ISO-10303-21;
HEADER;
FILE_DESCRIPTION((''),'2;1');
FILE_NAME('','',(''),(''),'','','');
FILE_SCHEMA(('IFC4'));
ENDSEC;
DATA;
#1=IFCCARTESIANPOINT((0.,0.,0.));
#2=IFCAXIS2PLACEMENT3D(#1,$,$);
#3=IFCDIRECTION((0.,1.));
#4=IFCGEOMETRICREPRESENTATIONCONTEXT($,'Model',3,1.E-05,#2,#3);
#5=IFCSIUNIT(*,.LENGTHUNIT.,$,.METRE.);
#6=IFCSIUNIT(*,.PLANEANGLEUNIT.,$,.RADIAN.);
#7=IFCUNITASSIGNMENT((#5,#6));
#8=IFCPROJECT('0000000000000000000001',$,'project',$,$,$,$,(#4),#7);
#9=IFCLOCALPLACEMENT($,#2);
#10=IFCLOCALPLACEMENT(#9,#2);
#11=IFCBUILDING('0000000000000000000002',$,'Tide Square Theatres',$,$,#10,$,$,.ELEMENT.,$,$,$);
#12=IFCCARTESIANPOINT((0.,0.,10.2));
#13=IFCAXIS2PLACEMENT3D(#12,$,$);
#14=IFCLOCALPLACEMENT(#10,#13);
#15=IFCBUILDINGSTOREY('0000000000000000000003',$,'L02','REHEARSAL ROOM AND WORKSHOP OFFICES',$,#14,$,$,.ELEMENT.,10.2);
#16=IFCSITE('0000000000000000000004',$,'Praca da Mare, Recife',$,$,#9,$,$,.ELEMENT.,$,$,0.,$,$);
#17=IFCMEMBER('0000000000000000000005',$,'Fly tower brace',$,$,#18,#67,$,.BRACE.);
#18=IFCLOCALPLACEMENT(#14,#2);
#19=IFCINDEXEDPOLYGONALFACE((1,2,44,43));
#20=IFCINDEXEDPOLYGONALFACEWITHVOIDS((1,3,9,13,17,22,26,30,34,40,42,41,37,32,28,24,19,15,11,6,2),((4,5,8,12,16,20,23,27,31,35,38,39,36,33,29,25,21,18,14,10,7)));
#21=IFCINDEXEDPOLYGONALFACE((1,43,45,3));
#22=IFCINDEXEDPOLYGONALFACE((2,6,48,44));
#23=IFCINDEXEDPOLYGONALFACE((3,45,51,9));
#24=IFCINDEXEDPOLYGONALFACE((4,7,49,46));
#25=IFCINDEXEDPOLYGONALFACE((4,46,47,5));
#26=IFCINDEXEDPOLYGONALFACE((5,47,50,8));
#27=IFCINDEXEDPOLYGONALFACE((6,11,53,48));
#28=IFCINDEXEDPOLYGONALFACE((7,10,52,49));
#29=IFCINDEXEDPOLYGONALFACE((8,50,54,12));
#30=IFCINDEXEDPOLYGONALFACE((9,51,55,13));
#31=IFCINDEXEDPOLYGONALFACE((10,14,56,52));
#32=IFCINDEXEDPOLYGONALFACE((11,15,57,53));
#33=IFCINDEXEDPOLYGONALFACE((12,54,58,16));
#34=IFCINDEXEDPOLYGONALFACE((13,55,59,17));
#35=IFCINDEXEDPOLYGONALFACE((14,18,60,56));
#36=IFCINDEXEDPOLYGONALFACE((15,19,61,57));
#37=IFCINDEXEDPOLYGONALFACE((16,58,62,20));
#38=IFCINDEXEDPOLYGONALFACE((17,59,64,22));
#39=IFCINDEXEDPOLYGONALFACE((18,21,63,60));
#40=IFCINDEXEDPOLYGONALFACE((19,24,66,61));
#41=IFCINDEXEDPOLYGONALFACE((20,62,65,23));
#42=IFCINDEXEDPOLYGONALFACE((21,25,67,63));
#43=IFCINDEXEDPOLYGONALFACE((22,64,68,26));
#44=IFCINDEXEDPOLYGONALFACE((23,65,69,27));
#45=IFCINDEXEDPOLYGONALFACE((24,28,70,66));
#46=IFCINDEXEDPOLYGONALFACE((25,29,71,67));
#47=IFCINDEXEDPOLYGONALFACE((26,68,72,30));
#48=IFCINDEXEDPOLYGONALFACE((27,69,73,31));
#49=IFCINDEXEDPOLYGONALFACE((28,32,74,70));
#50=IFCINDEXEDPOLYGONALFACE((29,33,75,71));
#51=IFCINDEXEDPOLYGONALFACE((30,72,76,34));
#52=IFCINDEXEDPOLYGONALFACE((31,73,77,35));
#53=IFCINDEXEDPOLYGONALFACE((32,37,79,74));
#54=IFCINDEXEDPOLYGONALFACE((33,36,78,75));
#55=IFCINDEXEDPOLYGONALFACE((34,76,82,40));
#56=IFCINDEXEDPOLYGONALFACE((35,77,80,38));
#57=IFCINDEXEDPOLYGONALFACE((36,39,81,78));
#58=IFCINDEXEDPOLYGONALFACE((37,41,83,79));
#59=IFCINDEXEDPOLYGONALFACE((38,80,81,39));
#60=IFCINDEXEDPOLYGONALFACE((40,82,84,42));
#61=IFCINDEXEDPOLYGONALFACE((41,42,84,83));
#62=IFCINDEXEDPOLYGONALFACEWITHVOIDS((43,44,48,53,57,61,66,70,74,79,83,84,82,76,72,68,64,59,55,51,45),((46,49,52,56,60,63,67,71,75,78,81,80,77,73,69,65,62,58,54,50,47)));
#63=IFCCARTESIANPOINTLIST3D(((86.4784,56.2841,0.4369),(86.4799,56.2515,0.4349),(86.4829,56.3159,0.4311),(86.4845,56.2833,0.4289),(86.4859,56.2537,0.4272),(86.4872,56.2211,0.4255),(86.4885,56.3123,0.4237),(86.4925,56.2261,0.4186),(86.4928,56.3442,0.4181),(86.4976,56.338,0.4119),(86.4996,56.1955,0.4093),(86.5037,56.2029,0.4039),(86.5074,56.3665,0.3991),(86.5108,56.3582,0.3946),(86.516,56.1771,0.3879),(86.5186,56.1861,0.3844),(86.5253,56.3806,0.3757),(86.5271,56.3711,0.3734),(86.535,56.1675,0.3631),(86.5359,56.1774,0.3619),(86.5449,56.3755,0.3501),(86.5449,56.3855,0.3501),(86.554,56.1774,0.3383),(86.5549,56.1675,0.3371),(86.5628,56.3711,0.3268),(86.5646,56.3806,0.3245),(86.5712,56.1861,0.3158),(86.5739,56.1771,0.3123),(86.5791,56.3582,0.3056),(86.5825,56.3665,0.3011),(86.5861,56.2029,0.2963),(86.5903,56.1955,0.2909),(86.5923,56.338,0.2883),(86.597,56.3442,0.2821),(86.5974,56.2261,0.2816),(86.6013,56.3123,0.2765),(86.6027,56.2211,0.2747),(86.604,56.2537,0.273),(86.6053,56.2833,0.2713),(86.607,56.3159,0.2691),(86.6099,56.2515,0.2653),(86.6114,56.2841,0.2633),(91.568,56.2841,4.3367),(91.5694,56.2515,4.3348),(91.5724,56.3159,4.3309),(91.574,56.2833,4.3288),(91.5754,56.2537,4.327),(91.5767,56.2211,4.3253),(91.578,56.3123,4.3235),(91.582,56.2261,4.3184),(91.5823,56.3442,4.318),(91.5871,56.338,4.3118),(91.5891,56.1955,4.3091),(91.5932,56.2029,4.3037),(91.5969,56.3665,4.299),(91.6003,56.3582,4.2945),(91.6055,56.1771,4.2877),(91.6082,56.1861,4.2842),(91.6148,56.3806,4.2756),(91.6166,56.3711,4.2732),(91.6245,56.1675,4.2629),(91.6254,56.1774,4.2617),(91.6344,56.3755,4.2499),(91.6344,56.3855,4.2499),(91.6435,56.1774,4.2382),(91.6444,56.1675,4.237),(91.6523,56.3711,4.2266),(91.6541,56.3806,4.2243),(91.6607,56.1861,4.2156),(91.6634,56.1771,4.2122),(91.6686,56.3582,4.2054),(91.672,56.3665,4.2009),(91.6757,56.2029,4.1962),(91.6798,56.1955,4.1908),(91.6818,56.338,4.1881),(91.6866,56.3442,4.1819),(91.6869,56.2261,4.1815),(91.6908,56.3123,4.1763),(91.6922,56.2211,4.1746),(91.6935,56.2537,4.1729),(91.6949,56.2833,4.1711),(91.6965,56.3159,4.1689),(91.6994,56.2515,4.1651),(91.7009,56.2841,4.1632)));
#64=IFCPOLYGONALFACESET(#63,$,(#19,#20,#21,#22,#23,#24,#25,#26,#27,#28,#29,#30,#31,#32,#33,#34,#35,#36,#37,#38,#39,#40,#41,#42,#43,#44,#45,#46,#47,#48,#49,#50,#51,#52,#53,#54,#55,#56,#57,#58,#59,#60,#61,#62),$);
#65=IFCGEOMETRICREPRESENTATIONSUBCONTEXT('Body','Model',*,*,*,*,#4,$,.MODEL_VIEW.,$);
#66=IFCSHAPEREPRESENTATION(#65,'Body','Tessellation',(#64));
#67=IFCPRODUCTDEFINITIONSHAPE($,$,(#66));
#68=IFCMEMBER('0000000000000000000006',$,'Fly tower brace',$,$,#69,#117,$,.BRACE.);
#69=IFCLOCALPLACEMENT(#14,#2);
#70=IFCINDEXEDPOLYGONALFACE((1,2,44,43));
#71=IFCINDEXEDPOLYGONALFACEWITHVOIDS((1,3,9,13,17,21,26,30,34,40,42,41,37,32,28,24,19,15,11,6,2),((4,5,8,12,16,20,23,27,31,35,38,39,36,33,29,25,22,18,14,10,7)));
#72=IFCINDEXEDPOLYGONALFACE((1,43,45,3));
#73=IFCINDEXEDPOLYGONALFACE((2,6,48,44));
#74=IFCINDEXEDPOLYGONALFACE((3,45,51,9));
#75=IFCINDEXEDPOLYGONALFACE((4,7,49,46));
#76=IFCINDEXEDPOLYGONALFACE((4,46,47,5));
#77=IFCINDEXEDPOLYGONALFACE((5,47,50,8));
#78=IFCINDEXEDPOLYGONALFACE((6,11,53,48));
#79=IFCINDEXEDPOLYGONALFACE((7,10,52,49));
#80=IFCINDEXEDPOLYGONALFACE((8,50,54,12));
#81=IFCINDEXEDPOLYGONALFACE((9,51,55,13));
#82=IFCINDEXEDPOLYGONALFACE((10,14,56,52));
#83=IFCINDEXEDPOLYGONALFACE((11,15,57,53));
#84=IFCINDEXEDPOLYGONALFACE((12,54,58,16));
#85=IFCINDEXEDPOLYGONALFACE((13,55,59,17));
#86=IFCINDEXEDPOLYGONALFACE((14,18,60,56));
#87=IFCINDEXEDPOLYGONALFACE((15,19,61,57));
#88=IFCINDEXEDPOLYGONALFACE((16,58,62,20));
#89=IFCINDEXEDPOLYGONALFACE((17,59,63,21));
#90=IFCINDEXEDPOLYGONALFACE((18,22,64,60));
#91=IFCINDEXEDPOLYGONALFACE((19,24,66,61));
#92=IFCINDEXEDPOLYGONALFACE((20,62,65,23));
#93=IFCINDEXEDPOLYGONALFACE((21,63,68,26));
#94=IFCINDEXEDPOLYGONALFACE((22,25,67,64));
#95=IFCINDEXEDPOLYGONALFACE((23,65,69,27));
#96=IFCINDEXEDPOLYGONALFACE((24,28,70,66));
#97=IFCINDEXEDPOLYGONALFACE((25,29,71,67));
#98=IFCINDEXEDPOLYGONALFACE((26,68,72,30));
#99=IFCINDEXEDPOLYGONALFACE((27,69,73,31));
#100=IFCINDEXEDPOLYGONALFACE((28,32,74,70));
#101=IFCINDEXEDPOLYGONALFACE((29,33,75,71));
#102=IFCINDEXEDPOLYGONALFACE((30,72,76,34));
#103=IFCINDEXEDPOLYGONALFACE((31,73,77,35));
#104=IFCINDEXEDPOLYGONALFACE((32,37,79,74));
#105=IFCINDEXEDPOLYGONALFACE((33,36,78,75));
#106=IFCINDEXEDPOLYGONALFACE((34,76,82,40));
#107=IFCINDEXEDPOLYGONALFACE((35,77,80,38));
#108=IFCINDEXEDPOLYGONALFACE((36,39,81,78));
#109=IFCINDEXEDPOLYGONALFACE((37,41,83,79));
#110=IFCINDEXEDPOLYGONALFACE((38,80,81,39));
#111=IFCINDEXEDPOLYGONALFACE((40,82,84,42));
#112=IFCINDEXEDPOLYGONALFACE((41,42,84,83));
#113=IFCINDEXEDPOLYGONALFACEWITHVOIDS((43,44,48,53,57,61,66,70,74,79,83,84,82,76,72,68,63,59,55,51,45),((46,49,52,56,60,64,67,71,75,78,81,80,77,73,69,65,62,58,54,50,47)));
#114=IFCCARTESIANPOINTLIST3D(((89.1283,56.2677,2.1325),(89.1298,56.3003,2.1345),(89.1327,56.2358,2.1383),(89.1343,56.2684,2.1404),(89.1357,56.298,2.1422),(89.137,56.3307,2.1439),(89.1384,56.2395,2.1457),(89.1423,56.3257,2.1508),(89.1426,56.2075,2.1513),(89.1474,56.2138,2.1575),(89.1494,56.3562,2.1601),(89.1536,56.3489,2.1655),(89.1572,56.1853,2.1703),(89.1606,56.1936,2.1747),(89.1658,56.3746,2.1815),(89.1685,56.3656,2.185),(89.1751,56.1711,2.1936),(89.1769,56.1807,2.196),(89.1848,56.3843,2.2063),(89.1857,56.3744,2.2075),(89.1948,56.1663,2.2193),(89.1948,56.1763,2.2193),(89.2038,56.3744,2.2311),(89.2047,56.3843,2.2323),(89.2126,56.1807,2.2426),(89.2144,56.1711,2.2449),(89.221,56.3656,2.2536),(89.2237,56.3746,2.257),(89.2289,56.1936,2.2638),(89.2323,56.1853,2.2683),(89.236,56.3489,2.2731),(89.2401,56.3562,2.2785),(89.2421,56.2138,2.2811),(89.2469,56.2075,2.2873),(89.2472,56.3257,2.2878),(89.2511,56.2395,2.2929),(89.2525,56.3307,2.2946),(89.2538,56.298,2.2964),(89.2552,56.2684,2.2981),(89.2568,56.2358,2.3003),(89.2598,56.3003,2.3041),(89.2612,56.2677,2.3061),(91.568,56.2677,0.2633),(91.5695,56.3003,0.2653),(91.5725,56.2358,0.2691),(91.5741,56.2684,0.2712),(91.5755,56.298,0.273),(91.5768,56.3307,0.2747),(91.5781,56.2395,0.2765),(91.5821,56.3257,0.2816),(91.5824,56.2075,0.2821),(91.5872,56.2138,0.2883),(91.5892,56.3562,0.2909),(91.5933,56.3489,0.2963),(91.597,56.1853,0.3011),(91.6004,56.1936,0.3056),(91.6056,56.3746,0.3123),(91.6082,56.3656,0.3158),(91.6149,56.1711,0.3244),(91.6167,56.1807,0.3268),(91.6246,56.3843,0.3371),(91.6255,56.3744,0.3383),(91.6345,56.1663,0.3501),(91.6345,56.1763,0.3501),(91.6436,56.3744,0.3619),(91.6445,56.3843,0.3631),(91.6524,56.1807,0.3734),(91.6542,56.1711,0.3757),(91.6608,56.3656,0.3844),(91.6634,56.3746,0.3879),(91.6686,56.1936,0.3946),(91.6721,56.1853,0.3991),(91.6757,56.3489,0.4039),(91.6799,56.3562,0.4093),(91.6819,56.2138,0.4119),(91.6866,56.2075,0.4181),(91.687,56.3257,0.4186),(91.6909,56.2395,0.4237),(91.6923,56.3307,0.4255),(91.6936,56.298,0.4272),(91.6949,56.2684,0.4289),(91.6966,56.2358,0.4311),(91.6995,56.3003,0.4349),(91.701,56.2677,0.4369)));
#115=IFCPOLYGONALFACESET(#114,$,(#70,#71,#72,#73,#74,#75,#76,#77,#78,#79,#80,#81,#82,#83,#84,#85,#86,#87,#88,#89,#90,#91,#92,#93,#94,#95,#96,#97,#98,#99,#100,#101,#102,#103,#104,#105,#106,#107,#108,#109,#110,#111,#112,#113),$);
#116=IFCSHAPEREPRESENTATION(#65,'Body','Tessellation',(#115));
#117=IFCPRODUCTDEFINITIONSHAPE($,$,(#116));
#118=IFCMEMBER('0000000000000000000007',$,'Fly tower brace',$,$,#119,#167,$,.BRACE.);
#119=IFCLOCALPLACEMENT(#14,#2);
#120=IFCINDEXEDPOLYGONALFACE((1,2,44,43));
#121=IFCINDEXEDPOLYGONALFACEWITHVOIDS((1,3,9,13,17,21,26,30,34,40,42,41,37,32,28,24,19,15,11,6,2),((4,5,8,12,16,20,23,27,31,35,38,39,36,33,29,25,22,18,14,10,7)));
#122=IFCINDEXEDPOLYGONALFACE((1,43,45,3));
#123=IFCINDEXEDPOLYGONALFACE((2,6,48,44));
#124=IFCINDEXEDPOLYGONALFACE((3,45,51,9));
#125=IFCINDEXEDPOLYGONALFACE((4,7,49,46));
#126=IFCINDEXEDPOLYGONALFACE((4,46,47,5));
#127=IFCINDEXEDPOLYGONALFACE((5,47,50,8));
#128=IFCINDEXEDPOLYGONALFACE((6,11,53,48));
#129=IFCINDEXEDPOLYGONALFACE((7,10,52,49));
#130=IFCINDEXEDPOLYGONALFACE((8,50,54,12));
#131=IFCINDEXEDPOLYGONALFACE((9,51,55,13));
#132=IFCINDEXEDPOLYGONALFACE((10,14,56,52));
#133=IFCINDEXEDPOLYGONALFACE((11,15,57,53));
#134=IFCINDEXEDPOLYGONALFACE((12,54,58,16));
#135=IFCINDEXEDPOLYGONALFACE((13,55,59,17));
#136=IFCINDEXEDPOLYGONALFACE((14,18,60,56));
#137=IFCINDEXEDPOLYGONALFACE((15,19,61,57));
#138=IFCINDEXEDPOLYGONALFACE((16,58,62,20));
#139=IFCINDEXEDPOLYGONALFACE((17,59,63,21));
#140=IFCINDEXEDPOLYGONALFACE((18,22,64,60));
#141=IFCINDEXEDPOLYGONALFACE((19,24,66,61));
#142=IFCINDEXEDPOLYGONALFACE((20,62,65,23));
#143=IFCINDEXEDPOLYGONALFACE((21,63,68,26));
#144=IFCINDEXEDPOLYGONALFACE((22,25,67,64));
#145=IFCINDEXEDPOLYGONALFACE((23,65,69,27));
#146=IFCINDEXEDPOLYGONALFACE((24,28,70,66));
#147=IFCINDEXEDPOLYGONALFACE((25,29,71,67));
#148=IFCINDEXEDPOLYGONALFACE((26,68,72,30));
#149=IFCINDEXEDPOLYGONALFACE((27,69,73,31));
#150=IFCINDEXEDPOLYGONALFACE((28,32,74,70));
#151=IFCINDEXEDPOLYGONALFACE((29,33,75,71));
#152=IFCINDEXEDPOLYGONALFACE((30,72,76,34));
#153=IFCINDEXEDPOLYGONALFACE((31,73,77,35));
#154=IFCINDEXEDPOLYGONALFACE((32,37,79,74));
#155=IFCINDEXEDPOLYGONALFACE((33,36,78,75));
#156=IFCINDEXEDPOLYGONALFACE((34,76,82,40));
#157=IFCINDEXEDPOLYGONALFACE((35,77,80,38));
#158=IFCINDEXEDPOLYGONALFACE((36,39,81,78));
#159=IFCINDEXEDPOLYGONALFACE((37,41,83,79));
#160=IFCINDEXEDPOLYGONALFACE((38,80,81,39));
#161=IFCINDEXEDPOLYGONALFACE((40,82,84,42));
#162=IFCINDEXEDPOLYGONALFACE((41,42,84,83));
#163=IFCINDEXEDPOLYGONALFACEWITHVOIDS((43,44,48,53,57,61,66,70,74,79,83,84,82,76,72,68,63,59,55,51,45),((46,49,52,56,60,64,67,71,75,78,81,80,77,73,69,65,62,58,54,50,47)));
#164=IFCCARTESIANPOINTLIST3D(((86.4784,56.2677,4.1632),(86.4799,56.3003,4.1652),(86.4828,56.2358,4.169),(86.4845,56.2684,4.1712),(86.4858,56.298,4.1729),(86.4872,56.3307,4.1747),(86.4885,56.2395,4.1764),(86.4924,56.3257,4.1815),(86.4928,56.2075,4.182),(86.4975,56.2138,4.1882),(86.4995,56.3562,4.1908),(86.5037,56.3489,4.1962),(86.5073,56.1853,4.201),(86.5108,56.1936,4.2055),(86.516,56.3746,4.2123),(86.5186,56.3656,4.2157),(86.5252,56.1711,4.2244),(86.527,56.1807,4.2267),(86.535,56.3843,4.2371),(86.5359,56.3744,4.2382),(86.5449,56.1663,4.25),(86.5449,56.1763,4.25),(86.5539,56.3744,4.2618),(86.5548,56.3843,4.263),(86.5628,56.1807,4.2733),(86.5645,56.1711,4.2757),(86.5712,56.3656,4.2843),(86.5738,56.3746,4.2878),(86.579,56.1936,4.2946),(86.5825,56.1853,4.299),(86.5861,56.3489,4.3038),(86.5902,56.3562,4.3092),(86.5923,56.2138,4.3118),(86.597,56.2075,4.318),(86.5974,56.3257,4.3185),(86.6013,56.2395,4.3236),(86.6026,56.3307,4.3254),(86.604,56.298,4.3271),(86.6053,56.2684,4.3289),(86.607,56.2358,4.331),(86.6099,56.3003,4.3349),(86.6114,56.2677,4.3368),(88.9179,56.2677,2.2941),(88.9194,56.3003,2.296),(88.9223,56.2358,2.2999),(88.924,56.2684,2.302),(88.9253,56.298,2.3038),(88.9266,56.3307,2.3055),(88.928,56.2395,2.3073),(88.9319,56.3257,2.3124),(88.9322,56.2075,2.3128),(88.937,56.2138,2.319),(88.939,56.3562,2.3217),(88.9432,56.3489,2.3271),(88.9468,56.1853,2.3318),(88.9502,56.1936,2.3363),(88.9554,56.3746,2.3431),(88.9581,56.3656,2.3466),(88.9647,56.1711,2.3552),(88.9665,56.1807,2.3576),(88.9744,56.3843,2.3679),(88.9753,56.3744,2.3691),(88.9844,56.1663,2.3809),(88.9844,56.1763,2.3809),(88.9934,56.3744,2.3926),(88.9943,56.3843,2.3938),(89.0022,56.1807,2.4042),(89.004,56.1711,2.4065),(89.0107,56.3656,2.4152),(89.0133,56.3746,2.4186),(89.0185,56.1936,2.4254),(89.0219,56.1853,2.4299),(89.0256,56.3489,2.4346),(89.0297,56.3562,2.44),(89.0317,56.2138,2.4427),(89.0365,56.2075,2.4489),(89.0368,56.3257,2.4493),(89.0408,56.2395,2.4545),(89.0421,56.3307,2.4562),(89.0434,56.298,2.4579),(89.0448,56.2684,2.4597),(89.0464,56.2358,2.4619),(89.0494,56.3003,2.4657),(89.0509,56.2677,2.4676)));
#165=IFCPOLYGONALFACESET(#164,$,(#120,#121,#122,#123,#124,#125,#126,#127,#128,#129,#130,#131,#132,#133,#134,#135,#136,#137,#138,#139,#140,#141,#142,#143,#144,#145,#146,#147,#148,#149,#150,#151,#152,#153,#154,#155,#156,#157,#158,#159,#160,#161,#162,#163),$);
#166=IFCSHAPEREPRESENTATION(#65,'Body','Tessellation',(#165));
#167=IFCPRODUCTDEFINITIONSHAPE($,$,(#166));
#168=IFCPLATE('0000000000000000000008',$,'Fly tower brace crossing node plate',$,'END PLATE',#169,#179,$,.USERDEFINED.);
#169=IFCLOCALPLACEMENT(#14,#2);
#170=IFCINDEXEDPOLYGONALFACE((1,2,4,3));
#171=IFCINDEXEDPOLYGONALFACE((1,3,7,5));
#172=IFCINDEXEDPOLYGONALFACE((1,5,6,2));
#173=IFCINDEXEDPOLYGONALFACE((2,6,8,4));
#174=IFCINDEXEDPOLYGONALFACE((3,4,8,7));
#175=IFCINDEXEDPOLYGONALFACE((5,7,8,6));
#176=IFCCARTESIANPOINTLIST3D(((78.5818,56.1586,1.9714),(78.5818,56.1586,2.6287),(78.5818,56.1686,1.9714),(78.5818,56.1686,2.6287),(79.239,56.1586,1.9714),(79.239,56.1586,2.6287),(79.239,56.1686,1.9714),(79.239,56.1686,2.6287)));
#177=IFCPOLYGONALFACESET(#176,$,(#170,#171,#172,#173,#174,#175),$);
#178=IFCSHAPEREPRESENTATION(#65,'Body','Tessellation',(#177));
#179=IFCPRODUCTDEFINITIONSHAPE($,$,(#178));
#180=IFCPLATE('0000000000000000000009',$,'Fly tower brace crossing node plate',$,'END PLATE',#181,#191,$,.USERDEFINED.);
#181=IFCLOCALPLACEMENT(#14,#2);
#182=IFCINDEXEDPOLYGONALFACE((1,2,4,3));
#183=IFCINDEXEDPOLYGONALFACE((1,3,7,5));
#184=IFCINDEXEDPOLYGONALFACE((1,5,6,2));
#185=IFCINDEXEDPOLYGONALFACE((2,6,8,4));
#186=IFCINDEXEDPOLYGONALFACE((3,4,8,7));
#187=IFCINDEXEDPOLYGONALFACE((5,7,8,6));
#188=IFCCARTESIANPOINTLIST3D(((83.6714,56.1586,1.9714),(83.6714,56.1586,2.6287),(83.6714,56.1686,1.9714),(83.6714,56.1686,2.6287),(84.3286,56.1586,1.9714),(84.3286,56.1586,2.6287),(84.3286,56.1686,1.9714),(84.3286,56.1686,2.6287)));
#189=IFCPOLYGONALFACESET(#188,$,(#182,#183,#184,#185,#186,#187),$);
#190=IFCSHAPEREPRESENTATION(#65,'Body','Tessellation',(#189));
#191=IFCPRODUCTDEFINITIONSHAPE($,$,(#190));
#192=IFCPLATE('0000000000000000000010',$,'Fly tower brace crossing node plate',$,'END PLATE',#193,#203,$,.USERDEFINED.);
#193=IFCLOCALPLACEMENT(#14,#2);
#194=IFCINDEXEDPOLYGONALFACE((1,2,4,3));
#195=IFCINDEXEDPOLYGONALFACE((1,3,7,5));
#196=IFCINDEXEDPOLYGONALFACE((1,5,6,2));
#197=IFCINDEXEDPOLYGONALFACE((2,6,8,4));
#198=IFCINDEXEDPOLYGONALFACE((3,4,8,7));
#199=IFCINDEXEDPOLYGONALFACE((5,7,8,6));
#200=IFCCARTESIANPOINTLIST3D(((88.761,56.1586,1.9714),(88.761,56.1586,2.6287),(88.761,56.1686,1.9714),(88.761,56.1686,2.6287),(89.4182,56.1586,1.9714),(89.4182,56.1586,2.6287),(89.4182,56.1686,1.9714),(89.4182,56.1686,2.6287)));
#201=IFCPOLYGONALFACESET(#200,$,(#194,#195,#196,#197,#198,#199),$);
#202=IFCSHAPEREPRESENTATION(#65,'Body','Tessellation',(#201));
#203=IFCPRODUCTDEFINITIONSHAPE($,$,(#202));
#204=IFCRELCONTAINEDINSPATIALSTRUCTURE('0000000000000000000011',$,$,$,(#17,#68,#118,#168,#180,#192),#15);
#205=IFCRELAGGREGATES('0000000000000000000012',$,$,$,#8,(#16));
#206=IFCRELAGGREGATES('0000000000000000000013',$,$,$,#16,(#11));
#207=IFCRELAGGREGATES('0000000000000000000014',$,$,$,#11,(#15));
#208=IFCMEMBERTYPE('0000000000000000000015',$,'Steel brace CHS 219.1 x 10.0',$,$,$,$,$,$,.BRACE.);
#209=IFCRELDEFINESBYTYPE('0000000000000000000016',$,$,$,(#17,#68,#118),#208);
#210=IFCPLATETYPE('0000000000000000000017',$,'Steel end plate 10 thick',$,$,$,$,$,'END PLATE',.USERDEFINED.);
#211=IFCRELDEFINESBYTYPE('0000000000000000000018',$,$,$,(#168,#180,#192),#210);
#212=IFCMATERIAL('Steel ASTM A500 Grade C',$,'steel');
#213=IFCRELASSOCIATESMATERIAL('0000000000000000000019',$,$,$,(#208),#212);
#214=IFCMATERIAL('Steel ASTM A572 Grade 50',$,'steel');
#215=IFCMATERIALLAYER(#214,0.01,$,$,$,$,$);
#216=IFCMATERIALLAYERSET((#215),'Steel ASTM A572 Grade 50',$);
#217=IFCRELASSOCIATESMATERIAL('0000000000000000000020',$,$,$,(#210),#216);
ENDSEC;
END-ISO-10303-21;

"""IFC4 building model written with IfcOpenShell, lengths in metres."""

from ifc_helpers import new_model, si_unit, direction, frame, origin, origin_2d, place, context, subcontext, project, spatial, rectangle, hollow_circle, extrude, material, layer, layer_set, material_profile, profile_set, type_object, element, save


model = new_model("IFC4")

# Units and contexts
model_context = context("Model", 3, precision=1e-05, world=origin(), true_north=direction((0.0, 1.0)))
body_context = subcontext(model_context, "Body", "Model", "MODEL_VIEW")
ifc_project = project(units=[si_unit("LENGTHUNIT", "METRE"), si_unit("PLANEANGLEUNIT", "RADIAN")], contexts=[model_context])

# Site, building, storey
site_placement = place(None, origin())
site = spatial("IfcSite", under=ifc_project, at=site_placement, Name="Praca da Mare, Recife", CompositionType="ELEMENT", RefElevation=0.0)
building_placement = place(site_placement, origin())
building = spatial("IfcBuilding", under=site, at=building_placement, Name="Tide Square Theatres", CompositionType="ELEMENT")
storey_placement = place(building_placement, frame((0.0, 0.0, 10.2)))
storey = spatial("IfcBuildingStorey", under=building, at=storey_placement, Name="L02", Description="REHEARSAL ROOM AND WORKSHOP OFFICES", CompositionType="ELEMENT", Elevation=10.2)

# Members
ifc_material_1 = material(Name="Steel ASTM A500 Grade C", Category="steel")
ifc_material_profile_1 = material_profile(ifc_material_1, hollow_circle(Radius=0.1096, WallThickness=0.01, at=origin_2d()))
ifc_profile_set_1 = profile_set([ifc_material_profile_1], Name="Steel ASTM A500 Grade C")
member_type = type_object("IfcMemberType", Name="Steel brace CHS 219.1 x 10.0", PredefinedType="BRACE", material=ifc_profile_set_1)
member_1_placement = place(storey_placement, frame((86.5449, 56.2759, 0.3501), z_axis=(0.793766, 0.0, 0.608223), x_axis=(0.0, 1.0, 0.0)))
element("IfcMember", 1, at=member_1_placement, inside=storey, type_object=member_type, Name="Fly tower brace", PredefinedType="BRACE", context=body_context, shape_type="SweptSolid", body=[
    extrude(hollow_circle(Radius=0.1096, WallThickness=0.01, at=origin_2d()), origin(), (0.0, 0.0, 1.0), 6.4119),
])
member_2_placement = place(storey_placement, frame((91.6345, 56.2759, 0.3501), z_axis=(-0.79381, 0.0, 0.608166), x_axis=(0.0, -1.0, 0.0)))
element("IfcMember", 2, at=member_2_placement, inside=storey, type_object=member_type, Name="Fly tower brace", PredefinedType="BRACE", context=body_context, shape_type="SweptSolid", body=[
    extrude(hollow_circle(Radius=0.1096, WallThickness=0.01, at=origin_2d()), origin(), (0.0, 0.0, 1.0), 3.0735),
])
member_3_placement = place(storey_placement, frame((88.9844, 56.2759, 2.3809), z_axis=(-0.79378, 0.0, 0.608205), x_axis=(0.0, -1.0, 0.0)))
element("IfcMember", 3, at=member_3_placement, inside=storey, type_object=member_type, Name="Fly tower brace", PredefinedType="BRACE", context=body_context, shape_type="SweptSolid", body=[
    extrude(hollow_circle(Radius=0.1096, WallThickness=0.01, at=origin_2d()), origin(), (0.0, 0.0, 1.0), 3.0732),
])

# Plates
ifc_material_2 = material(Name="Steel ASTM A572 Grade 50", Category="steel")
ifc_layer_1 = layer(ifc_material_2, 0.01)
ifc_layer_set_1 = layer_set([ifc_layer_1], Name="Steel ASTM A572 Grade 50")
plate_type = type_object("IfcPlateType", Name="Steel end plate 10 thick", ElementType="END PLATE", PredefinedType="USERDEFINED", material=ifc_layer_set_1)
for number, where, z_axis, x_axis, name in (
    (4, (78.9104, 56.1636, 1.9714), (0.0, 0.0, 1.0), (0.0, -1.0, 0.0), "Fly tower brace crossing node plate"),
    (5, (84.0, 56.1636, 1.9714), (0.0, 0.0, 1.0), (0.0, -1.0, 0.0), "Fly tower brace crossing node plate"),
    (6, (89.0896, 56.1636, 1.9714), (0.0, 0.0, 1.0), (0.0, -1.0, 0.0), "Fly tower brace crossing node plate"),
):
    element("IfcPlate", number, at=place(storey_placement, frame(where, z_axis=z_axis, x_axis=x_axis)), inside=storey, type_object=plate_type, Name=name, ObjectType="END PLATE", PredefinedType="USERDEFINED", context=body_context, shape_type="SweptSolid", body=[
        extrude(rectangle(XDim=0.01, YDim=0.6572, at=origin_2d()), origin(), (0.0, 0.0, 1.0), 0.6572),
    ])

save(model, "model.ifc")
